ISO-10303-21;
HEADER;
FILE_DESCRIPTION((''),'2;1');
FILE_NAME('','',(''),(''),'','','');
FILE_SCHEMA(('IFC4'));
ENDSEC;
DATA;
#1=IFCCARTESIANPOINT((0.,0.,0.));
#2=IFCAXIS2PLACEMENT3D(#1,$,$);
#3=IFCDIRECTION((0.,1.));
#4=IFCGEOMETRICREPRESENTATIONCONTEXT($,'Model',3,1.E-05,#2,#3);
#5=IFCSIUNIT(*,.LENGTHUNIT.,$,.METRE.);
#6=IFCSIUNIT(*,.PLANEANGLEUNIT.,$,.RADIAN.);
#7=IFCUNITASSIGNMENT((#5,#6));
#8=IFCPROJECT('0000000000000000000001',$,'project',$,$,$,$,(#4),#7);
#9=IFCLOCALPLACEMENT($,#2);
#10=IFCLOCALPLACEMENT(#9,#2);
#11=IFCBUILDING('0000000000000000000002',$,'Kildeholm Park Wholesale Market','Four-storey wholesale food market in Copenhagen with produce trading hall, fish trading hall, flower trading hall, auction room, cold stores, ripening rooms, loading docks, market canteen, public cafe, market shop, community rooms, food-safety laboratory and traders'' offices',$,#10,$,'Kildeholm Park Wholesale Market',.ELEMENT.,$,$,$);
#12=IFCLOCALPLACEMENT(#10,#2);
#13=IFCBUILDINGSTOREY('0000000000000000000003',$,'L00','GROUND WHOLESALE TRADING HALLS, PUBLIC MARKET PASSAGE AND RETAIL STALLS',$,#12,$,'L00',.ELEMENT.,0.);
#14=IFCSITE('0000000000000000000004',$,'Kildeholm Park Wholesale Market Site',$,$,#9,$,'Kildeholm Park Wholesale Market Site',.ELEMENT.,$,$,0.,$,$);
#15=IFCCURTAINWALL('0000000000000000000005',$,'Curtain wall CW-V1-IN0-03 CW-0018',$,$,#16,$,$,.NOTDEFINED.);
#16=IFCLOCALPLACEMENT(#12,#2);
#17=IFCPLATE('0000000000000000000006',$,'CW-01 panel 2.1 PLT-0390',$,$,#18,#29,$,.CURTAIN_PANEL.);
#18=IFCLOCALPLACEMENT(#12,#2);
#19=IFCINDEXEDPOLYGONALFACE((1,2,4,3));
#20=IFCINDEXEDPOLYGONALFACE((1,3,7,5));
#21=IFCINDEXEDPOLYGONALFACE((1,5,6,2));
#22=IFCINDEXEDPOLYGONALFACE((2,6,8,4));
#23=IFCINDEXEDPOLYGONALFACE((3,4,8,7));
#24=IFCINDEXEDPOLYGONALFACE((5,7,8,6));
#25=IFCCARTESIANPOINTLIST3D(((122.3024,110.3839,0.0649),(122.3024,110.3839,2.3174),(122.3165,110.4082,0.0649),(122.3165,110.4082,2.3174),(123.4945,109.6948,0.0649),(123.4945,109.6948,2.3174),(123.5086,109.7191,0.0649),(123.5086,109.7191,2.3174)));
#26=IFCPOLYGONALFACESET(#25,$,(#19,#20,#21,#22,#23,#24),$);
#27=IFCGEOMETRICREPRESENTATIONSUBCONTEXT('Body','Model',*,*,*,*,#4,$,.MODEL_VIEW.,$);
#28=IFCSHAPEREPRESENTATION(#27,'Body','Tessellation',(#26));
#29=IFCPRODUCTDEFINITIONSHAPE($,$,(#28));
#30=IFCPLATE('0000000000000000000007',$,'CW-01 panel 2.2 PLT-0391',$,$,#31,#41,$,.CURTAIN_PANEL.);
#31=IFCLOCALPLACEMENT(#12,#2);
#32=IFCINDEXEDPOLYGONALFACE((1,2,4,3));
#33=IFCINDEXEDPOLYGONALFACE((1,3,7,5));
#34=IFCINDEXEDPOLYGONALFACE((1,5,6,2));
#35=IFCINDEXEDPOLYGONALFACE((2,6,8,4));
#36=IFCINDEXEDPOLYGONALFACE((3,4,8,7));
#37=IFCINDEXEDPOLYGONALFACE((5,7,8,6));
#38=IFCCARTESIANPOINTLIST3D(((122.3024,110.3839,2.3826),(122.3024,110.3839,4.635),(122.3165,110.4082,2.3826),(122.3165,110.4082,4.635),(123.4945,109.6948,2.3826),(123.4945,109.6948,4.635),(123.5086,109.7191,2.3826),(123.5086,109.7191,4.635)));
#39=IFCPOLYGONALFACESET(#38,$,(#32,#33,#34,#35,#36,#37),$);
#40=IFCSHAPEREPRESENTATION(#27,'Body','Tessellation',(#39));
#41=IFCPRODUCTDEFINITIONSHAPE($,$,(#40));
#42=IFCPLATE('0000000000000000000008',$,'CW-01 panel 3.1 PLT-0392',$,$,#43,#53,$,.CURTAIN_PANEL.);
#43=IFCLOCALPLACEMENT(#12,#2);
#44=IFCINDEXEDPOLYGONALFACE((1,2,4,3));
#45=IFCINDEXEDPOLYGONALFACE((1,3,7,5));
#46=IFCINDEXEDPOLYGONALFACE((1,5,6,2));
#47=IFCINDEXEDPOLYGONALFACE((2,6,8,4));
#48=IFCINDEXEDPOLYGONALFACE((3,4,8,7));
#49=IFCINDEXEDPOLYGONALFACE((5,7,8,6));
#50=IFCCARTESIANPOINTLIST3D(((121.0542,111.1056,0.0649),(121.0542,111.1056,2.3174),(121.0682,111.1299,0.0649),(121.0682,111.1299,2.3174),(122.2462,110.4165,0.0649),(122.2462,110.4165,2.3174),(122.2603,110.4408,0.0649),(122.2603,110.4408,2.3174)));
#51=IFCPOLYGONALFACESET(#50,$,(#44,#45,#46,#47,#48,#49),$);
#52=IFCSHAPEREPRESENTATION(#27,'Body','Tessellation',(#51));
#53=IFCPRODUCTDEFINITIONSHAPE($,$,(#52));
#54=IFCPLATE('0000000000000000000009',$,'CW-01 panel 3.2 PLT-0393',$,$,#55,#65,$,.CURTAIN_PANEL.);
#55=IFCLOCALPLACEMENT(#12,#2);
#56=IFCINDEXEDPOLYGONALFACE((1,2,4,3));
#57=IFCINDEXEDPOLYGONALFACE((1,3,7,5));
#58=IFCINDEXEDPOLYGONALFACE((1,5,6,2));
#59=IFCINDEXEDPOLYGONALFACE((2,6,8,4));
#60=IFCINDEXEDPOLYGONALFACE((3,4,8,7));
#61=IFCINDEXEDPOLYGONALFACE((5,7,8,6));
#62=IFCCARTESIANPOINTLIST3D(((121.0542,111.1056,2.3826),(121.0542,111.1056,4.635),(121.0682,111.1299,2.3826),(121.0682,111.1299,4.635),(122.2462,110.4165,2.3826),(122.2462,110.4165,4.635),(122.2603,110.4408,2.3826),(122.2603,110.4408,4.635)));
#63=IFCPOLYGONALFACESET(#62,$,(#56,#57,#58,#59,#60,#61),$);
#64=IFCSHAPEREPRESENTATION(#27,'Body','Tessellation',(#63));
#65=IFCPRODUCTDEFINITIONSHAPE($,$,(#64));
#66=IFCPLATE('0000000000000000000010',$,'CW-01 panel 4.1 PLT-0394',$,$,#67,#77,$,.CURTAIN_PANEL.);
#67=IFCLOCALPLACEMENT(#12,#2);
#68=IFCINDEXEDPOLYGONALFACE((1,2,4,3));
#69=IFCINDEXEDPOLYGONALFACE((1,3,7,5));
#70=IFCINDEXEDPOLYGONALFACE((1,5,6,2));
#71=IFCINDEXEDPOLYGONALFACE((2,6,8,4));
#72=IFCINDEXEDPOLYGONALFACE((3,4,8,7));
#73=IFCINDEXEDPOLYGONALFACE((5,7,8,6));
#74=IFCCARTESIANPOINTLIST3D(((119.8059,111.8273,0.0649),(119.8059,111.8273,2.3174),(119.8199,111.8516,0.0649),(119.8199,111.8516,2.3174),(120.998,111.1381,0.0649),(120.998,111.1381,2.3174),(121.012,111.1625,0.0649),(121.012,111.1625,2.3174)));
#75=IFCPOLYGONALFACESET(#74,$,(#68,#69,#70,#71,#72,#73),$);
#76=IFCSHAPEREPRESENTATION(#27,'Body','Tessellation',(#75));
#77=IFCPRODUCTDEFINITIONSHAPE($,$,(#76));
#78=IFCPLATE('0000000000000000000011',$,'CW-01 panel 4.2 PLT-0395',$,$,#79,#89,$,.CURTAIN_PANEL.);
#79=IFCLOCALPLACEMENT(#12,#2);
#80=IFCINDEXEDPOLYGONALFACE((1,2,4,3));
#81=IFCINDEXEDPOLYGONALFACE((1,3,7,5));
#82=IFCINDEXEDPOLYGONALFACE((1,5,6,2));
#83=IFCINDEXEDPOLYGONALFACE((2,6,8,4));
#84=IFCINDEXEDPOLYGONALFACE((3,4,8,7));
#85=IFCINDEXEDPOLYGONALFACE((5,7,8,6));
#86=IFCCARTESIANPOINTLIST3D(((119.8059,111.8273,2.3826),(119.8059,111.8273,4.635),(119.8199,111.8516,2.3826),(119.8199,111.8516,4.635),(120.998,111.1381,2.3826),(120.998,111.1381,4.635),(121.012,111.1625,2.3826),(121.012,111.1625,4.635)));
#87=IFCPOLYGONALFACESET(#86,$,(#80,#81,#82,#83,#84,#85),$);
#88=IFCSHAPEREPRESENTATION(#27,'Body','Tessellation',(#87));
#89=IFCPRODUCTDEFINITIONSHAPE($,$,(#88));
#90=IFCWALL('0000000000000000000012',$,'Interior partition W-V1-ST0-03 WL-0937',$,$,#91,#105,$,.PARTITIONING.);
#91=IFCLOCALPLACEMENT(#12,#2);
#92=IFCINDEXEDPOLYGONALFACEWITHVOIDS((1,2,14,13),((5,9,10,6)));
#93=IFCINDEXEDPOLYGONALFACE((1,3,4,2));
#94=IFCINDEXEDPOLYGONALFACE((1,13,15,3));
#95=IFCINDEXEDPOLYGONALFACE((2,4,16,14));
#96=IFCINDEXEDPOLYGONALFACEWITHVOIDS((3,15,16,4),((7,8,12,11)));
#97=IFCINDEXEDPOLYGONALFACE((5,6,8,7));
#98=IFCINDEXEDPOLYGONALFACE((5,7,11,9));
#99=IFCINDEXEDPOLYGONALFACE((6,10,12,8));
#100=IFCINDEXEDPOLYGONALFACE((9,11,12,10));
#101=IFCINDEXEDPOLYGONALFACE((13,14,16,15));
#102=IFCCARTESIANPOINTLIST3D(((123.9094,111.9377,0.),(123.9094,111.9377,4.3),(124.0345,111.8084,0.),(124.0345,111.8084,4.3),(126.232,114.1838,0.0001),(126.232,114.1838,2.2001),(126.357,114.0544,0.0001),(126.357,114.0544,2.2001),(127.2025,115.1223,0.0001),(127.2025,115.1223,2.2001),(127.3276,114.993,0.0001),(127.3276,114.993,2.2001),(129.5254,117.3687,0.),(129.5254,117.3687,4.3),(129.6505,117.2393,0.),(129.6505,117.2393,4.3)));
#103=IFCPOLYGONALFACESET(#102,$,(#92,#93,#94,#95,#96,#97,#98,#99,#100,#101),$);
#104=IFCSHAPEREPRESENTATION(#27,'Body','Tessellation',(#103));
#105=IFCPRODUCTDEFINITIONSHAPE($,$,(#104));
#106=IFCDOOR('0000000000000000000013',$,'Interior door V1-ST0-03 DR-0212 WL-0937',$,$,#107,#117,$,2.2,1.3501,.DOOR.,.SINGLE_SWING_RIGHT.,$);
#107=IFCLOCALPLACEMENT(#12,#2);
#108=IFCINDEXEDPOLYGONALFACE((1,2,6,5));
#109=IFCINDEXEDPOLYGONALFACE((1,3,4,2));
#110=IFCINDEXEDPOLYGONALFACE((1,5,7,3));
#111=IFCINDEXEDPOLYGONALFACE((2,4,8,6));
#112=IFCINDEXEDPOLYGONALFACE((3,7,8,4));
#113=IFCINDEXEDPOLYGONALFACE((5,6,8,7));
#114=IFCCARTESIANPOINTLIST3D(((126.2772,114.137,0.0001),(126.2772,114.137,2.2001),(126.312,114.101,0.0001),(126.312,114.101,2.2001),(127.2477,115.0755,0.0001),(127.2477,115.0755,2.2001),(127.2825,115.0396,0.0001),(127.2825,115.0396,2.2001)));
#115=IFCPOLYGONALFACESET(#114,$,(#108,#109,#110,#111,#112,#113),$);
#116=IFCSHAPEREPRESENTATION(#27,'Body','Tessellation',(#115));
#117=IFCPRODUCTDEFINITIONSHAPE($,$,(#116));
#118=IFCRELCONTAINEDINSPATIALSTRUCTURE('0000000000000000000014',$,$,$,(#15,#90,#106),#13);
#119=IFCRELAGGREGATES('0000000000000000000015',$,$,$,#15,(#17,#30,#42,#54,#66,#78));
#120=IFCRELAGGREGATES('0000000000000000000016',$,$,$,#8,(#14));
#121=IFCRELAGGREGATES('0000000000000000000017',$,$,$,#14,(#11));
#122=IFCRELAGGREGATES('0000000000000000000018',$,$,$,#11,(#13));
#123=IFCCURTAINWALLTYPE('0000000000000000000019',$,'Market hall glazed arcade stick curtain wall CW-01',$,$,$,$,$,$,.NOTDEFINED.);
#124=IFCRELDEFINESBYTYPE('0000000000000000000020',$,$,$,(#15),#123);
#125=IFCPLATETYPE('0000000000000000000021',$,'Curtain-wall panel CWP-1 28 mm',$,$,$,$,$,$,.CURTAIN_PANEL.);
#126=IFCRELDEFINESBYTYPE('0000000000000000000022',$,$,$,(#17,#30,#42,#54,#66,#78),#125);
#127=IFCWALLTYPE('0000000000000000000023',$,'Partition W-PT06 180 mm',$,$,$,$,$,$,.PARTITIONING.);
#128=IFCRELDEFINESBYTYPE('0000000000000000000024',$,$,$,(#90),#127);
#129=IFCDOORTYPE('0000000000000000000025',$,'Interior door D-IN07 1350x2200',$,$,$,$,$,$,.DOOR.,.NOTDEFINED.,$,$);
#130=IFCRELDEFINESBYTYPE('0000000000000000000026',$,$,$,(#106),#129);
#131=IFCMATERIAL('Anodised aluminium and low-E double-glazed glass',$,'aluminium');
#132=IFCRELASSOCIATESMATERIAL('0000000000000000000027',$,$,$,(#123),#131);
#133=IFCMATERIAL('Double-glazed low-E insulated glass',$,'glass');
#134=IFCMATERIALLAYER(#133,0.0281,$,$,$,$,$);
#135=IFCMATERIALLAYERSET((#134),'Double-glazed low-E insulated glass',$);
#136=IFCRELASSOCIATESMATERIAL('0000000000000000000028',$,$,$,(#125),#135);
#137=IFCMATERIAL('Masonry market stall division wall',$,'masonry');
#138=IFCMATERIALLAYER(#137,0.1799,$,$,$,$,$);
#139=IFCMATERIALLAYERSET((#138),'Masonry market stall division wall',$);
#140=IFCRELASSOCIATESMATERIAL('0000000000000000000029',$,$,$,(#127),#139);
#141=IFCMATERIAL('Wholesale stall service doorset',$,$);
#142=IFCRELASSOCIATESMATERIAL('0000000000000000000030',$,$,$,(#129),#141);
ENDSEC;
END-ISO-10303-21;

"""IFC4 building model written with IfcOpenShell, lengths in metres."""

from ifc_helpers import new_model, si_unit, direction, frame, frame_2d, origin, origin_2d, place, context, subcontext, project, spatial, rectangle, extrude, material, layer, layer_set, type_object, element, fill, aggregate, save


model = new_model("IFC4")

# Units and contexts
model_context = context("Model", 3, precision=1e-05, world=origin(), true_north=direction((0.0, 1.0)))
body_context = subcontext(model_context, "Body", "Model", "MODEL_VIEW")
ifc_project = project(units=[si_unit("LENGTHUNIT", "METRE"), si_unit("PLANEANGLEUNIT", "RADIAN")], contexts=[model_context])

# Site, building, storey
site_placement = place(None, origin())
site = spatial("IfcSite", under=ifc_project, at=site_placement, Name="Kildeholm Park Wholesale Market Site", LongName="Kildeholm Park Wholesale Market Site", CompositionType="ELEMENT", RefElevation=0.0)
building_placement = place(site_placement, origin())
building = spatial("IfcBuilding", under=site, at=building_placement, Name="Kildeholm Park Wholesale Market", Description="Four-storey wholesale food market in Copenhagen with produce trading hall, fish trading hall, flower trading hall, auction room, cold stores, ripening rooms, loading docks, market canteen, public cafe, market shop, community rooms, food-safety laboratory and traders' offices", LongName="Kildeholm Park Wholesale Market", CompositionType="ELEMENT")
storey_placement = place(building_placement, origin())
storey = spatial("IfcBuildingStorey", under=building, at=storey_placement, Name="L00", Description="GROUND WHOLESALE TRADING HALLS, PUBLIC MARKET PASSAGE AND RETAIL STALLS", LongName="L00", CompositionType="ELEMENT", Elevation=0.0)

# Curtain wall, plates
ifc_material_1 = material(Name="Anodised aluminium and low-E double-glazed glass", Category="aluminium")
curtain_wall_type = type_object("IfcCurtainWallType", Name="Market hall glazed arcade stick curtain wall CW-01", PredefinedType="NOTDEFINED", material=ifc_material_1)
curtain_wall_placement = place(storey_placement, origin())
curtain_wall = element("IfcCurtainWall", 1, at=curtain_wall_placement, inside=storey, type_object=curtain_wall_type, Name="Curtain wall CW-V1-IN0-03 CW-0018", PredefinedType="NOTDEFINED")
ifc_material_2 = material(Name="Double-glazed low-E insulated glass", Category="glass")
ifc_layer_1 = layer(ifc_material_2, 0.0281)
ifc_layer_set_1 = layer_set([ifc_layer_1], Name="Double-glazed low-E insulated glass")
plate_type = type_object("IfcPlateType", Name="Curtain-wall panel CWP-1 28 mm", PredefinedType="CURTAIN_PANEL", material=ifc_layer_set_1)
plate_1_placement = place(storey_placement, frame((122.9055, 110.0515, 0.0649), z_axis=(0.0, 0.0, 1.0), x_axis=(-0.865743, 0.500489, 0.0)))
plate_1 = element("IfcPlate", 2, at=plate_1_placement, type_object=plate_type, Name="CW-01 panel 2.1 PLT-0390", PredefinedType="CURTAIN_PANEL", context=body_context, shape_type="SweptSolid", body=[
    extrude(rectangle(XDim=1.377, YDim=0.0281, at=origin_2d()), origin(), (0.0, 0.0, 1.0), 2.2524),
])
plate_2_placement = place(storey_placement, frame((122.9055, 110.0515, 2.3826), z_axis=(0.0, 0.0, 1.0), x_axis=(-0.865743, 0.500489, 0.0)))
plate_2 = element("IfcPlate", 3, at=plate_2_placement, type_object=plate_type, Name="CW-01 panel 2.2 PLT-0391", PredefinedType="CURTAIN_PANEL", context=body_context, shape_type="SweptSolid", body=[
    extrude(rectangle(XDim=1.377, YDim=0.0281, at=origin_2d()), origin(), (0.0, 0.0, 1.0), 2.2524),
])
plate_3_placement = place(storey_placement, frame((121.6572, 110.7732, 0.0649), z_axis=(0.0, 0.0, 1.0), x_axis=(-0.865743, 0.500489, 0.0)))
plate_3 = element("IfcPlate", 4, at=plate_3_placement, type_object=plate_type, Name="CW-01 panel 3.1 PLT-0392", PredefinedType="CURTAIN_PANEL", context=body_context, shape_type="SweptSolid", body=[
    extrude(rectangle(XDim=1.377, YDim=0.0281, at=origin_2d()), origin(), (0.0, 0.0, 1.0), 2.2524),
])
plate_4_placement = place(storey_placement, frame((121.6572, 110.7732, 2.3826), z_axis=(0.0, 0.0, 1.0), x_axis=(-0.865743, 0.500489, 0.0)))
plate_4 = element("IfcPlate", 5, at=plate_4_placement, type_object=plate_type, Name="CW-01 panel 3.2 PLT-0393", PredefinedType="CURTAIN_PANEL", context=body_context, shape_type="SweptSolid", body=[
    extrude(rectangle(XDim=1.377, YDim=0.0281, at=origin_2d()), origin(), (0.0, 0.0, 1.0), 2.2524),
])
plate_5_placement = place(storey_placement, frame((120.4089, 111.4949, 0.0649), z_axis=(0.0, 0.0, 1.0), x_axis=(-0.865743, 0.500489, 0.0)))
plate_5 = element("IfcPlate", 6, at=plate_5_placement, type_object=plate_type, Name="CW-01 panel 4.1 PLT-0394", PredefinedType="CURTAIN_PANEL", context=body_context, shape_type="SweptSolid", body=[
    extrude(rectangle(XDim=1.377, YDim=0.0281, at=origin_2d()), origin(), (0.0, 0.0, 1.0), 2.2524),
])
plate_6_placement = place(storey_placement, frame((120.4089, 111.4949, 2.3826), z_axis=(0.0, 0.0, 1.0), x_axis=(-0.865743, 0.500489, 0.0)))
plate_6 = element("IfcPlate", 7, at=plate_6_placement, type_object=plate_type, Name="CW-01 panel 4.2 PLT-0395", PredefinedType="CURTAIN_PANEL", context=body_context, shape_type="SweptSolid", body=[
    extrude(rectangle(XDim=1.377, YDim=0.0281, at=origin_2d()), origin(), (0.0, 0.0, 1.0), 2.2524),
])
aggregate(curtain_wall, [plate_1, plate_2, plate_3, plate_4, plate_5, plate_6])

# Wall, opening, door
ifc_material_3 = material(Name="Masonry market stall division wall", Category="masonry")
ifc_layer_2 = layer(ifc_material_3, 0.1799)
ifc_layer_set_2 = layer_set([ifc_layer_2], Name="Masonry market stall division wall")
wall_type = type_object("IfcWallType", Name="Partition W-PT06 180 mm", PredefinedType="PARTITIONING", material=ifc_layer_set_2)
wall_placement = place(storey_placement, frame((123.9719, 111.873, 0.0), z_axis=(0.0, 0.0, 1.0), x_axis=(0.718851, 0.695164, 0.0)))
wall = element("IfcWall", 8, at=wall_placement, inside=storey, type_object=wall_type, Name="Interior partition W-V1-ST0-03 WL-0937", PredefinedType="PARTITIONING", context=body_context, shape_type="SweptSolid", body=[
    extrude(rectangle(XDim=7.8125, YDim=0.1799, at=frame_2d((3.9062, 0.0))), origin(), (0.0, 0.0, 1.0), 4.3),
])
opening_placement = place(wall_placement, frame((3.231, 0.0, 0.0)))
opening = element("IfcOpeningElement", 9, at=opening_placement, cuts=wall, PredefinedType="OPENING", context=body_context, shape_type="SweptSolid", body=[
    extrude(rectangle(XDim=1.3501, YDim=2.2, at=frame_2d((0.675, 1.1001))), frame((0.0, 0.0999, 0.0), z_axis=(0.0, -1.0, 0.0), x_axis=(1.0, 0.0, 0.0)), (0.0, 0.0, 1.0), 0.2),
])
ifc_material_4 = material(Name="Wholesale stall service doorset")
door_type = type_object("IfcDoorType", Name="Interior door D-IN07 1350x2200", OperationType="NOTDEFINED", PredefinedType="DOOR", material=ifc_material_4)
door_placement = place(opening_placement, origin())
door = element("IfcDoor", 10, at=door_placement, inside=storey, type_object=door_type, Name="Interior door V1-ST0-03 DR-0212 WL-0937", OperationType="SINGLE_SWING_RIGHT", OverallHeight=2.2, OverallWidth=1.3501, PredefinedType="DOOR", context=body_context, shape_type="SweptSolid", body=[
    extrude(rectangle(XDim=1.3501, YDim=2.2, at=frame_2d((0.675, 1.1001))), frame((0.0, 0.0249, 0.0), z_axis=(0.0, -1.0, 0.0), x_axis=(1.0, 0.0, 0.0)), (0.0, 0.0, 1.0), 0.05),
])
fill(opening, door)

save(model, "model.ifc")
